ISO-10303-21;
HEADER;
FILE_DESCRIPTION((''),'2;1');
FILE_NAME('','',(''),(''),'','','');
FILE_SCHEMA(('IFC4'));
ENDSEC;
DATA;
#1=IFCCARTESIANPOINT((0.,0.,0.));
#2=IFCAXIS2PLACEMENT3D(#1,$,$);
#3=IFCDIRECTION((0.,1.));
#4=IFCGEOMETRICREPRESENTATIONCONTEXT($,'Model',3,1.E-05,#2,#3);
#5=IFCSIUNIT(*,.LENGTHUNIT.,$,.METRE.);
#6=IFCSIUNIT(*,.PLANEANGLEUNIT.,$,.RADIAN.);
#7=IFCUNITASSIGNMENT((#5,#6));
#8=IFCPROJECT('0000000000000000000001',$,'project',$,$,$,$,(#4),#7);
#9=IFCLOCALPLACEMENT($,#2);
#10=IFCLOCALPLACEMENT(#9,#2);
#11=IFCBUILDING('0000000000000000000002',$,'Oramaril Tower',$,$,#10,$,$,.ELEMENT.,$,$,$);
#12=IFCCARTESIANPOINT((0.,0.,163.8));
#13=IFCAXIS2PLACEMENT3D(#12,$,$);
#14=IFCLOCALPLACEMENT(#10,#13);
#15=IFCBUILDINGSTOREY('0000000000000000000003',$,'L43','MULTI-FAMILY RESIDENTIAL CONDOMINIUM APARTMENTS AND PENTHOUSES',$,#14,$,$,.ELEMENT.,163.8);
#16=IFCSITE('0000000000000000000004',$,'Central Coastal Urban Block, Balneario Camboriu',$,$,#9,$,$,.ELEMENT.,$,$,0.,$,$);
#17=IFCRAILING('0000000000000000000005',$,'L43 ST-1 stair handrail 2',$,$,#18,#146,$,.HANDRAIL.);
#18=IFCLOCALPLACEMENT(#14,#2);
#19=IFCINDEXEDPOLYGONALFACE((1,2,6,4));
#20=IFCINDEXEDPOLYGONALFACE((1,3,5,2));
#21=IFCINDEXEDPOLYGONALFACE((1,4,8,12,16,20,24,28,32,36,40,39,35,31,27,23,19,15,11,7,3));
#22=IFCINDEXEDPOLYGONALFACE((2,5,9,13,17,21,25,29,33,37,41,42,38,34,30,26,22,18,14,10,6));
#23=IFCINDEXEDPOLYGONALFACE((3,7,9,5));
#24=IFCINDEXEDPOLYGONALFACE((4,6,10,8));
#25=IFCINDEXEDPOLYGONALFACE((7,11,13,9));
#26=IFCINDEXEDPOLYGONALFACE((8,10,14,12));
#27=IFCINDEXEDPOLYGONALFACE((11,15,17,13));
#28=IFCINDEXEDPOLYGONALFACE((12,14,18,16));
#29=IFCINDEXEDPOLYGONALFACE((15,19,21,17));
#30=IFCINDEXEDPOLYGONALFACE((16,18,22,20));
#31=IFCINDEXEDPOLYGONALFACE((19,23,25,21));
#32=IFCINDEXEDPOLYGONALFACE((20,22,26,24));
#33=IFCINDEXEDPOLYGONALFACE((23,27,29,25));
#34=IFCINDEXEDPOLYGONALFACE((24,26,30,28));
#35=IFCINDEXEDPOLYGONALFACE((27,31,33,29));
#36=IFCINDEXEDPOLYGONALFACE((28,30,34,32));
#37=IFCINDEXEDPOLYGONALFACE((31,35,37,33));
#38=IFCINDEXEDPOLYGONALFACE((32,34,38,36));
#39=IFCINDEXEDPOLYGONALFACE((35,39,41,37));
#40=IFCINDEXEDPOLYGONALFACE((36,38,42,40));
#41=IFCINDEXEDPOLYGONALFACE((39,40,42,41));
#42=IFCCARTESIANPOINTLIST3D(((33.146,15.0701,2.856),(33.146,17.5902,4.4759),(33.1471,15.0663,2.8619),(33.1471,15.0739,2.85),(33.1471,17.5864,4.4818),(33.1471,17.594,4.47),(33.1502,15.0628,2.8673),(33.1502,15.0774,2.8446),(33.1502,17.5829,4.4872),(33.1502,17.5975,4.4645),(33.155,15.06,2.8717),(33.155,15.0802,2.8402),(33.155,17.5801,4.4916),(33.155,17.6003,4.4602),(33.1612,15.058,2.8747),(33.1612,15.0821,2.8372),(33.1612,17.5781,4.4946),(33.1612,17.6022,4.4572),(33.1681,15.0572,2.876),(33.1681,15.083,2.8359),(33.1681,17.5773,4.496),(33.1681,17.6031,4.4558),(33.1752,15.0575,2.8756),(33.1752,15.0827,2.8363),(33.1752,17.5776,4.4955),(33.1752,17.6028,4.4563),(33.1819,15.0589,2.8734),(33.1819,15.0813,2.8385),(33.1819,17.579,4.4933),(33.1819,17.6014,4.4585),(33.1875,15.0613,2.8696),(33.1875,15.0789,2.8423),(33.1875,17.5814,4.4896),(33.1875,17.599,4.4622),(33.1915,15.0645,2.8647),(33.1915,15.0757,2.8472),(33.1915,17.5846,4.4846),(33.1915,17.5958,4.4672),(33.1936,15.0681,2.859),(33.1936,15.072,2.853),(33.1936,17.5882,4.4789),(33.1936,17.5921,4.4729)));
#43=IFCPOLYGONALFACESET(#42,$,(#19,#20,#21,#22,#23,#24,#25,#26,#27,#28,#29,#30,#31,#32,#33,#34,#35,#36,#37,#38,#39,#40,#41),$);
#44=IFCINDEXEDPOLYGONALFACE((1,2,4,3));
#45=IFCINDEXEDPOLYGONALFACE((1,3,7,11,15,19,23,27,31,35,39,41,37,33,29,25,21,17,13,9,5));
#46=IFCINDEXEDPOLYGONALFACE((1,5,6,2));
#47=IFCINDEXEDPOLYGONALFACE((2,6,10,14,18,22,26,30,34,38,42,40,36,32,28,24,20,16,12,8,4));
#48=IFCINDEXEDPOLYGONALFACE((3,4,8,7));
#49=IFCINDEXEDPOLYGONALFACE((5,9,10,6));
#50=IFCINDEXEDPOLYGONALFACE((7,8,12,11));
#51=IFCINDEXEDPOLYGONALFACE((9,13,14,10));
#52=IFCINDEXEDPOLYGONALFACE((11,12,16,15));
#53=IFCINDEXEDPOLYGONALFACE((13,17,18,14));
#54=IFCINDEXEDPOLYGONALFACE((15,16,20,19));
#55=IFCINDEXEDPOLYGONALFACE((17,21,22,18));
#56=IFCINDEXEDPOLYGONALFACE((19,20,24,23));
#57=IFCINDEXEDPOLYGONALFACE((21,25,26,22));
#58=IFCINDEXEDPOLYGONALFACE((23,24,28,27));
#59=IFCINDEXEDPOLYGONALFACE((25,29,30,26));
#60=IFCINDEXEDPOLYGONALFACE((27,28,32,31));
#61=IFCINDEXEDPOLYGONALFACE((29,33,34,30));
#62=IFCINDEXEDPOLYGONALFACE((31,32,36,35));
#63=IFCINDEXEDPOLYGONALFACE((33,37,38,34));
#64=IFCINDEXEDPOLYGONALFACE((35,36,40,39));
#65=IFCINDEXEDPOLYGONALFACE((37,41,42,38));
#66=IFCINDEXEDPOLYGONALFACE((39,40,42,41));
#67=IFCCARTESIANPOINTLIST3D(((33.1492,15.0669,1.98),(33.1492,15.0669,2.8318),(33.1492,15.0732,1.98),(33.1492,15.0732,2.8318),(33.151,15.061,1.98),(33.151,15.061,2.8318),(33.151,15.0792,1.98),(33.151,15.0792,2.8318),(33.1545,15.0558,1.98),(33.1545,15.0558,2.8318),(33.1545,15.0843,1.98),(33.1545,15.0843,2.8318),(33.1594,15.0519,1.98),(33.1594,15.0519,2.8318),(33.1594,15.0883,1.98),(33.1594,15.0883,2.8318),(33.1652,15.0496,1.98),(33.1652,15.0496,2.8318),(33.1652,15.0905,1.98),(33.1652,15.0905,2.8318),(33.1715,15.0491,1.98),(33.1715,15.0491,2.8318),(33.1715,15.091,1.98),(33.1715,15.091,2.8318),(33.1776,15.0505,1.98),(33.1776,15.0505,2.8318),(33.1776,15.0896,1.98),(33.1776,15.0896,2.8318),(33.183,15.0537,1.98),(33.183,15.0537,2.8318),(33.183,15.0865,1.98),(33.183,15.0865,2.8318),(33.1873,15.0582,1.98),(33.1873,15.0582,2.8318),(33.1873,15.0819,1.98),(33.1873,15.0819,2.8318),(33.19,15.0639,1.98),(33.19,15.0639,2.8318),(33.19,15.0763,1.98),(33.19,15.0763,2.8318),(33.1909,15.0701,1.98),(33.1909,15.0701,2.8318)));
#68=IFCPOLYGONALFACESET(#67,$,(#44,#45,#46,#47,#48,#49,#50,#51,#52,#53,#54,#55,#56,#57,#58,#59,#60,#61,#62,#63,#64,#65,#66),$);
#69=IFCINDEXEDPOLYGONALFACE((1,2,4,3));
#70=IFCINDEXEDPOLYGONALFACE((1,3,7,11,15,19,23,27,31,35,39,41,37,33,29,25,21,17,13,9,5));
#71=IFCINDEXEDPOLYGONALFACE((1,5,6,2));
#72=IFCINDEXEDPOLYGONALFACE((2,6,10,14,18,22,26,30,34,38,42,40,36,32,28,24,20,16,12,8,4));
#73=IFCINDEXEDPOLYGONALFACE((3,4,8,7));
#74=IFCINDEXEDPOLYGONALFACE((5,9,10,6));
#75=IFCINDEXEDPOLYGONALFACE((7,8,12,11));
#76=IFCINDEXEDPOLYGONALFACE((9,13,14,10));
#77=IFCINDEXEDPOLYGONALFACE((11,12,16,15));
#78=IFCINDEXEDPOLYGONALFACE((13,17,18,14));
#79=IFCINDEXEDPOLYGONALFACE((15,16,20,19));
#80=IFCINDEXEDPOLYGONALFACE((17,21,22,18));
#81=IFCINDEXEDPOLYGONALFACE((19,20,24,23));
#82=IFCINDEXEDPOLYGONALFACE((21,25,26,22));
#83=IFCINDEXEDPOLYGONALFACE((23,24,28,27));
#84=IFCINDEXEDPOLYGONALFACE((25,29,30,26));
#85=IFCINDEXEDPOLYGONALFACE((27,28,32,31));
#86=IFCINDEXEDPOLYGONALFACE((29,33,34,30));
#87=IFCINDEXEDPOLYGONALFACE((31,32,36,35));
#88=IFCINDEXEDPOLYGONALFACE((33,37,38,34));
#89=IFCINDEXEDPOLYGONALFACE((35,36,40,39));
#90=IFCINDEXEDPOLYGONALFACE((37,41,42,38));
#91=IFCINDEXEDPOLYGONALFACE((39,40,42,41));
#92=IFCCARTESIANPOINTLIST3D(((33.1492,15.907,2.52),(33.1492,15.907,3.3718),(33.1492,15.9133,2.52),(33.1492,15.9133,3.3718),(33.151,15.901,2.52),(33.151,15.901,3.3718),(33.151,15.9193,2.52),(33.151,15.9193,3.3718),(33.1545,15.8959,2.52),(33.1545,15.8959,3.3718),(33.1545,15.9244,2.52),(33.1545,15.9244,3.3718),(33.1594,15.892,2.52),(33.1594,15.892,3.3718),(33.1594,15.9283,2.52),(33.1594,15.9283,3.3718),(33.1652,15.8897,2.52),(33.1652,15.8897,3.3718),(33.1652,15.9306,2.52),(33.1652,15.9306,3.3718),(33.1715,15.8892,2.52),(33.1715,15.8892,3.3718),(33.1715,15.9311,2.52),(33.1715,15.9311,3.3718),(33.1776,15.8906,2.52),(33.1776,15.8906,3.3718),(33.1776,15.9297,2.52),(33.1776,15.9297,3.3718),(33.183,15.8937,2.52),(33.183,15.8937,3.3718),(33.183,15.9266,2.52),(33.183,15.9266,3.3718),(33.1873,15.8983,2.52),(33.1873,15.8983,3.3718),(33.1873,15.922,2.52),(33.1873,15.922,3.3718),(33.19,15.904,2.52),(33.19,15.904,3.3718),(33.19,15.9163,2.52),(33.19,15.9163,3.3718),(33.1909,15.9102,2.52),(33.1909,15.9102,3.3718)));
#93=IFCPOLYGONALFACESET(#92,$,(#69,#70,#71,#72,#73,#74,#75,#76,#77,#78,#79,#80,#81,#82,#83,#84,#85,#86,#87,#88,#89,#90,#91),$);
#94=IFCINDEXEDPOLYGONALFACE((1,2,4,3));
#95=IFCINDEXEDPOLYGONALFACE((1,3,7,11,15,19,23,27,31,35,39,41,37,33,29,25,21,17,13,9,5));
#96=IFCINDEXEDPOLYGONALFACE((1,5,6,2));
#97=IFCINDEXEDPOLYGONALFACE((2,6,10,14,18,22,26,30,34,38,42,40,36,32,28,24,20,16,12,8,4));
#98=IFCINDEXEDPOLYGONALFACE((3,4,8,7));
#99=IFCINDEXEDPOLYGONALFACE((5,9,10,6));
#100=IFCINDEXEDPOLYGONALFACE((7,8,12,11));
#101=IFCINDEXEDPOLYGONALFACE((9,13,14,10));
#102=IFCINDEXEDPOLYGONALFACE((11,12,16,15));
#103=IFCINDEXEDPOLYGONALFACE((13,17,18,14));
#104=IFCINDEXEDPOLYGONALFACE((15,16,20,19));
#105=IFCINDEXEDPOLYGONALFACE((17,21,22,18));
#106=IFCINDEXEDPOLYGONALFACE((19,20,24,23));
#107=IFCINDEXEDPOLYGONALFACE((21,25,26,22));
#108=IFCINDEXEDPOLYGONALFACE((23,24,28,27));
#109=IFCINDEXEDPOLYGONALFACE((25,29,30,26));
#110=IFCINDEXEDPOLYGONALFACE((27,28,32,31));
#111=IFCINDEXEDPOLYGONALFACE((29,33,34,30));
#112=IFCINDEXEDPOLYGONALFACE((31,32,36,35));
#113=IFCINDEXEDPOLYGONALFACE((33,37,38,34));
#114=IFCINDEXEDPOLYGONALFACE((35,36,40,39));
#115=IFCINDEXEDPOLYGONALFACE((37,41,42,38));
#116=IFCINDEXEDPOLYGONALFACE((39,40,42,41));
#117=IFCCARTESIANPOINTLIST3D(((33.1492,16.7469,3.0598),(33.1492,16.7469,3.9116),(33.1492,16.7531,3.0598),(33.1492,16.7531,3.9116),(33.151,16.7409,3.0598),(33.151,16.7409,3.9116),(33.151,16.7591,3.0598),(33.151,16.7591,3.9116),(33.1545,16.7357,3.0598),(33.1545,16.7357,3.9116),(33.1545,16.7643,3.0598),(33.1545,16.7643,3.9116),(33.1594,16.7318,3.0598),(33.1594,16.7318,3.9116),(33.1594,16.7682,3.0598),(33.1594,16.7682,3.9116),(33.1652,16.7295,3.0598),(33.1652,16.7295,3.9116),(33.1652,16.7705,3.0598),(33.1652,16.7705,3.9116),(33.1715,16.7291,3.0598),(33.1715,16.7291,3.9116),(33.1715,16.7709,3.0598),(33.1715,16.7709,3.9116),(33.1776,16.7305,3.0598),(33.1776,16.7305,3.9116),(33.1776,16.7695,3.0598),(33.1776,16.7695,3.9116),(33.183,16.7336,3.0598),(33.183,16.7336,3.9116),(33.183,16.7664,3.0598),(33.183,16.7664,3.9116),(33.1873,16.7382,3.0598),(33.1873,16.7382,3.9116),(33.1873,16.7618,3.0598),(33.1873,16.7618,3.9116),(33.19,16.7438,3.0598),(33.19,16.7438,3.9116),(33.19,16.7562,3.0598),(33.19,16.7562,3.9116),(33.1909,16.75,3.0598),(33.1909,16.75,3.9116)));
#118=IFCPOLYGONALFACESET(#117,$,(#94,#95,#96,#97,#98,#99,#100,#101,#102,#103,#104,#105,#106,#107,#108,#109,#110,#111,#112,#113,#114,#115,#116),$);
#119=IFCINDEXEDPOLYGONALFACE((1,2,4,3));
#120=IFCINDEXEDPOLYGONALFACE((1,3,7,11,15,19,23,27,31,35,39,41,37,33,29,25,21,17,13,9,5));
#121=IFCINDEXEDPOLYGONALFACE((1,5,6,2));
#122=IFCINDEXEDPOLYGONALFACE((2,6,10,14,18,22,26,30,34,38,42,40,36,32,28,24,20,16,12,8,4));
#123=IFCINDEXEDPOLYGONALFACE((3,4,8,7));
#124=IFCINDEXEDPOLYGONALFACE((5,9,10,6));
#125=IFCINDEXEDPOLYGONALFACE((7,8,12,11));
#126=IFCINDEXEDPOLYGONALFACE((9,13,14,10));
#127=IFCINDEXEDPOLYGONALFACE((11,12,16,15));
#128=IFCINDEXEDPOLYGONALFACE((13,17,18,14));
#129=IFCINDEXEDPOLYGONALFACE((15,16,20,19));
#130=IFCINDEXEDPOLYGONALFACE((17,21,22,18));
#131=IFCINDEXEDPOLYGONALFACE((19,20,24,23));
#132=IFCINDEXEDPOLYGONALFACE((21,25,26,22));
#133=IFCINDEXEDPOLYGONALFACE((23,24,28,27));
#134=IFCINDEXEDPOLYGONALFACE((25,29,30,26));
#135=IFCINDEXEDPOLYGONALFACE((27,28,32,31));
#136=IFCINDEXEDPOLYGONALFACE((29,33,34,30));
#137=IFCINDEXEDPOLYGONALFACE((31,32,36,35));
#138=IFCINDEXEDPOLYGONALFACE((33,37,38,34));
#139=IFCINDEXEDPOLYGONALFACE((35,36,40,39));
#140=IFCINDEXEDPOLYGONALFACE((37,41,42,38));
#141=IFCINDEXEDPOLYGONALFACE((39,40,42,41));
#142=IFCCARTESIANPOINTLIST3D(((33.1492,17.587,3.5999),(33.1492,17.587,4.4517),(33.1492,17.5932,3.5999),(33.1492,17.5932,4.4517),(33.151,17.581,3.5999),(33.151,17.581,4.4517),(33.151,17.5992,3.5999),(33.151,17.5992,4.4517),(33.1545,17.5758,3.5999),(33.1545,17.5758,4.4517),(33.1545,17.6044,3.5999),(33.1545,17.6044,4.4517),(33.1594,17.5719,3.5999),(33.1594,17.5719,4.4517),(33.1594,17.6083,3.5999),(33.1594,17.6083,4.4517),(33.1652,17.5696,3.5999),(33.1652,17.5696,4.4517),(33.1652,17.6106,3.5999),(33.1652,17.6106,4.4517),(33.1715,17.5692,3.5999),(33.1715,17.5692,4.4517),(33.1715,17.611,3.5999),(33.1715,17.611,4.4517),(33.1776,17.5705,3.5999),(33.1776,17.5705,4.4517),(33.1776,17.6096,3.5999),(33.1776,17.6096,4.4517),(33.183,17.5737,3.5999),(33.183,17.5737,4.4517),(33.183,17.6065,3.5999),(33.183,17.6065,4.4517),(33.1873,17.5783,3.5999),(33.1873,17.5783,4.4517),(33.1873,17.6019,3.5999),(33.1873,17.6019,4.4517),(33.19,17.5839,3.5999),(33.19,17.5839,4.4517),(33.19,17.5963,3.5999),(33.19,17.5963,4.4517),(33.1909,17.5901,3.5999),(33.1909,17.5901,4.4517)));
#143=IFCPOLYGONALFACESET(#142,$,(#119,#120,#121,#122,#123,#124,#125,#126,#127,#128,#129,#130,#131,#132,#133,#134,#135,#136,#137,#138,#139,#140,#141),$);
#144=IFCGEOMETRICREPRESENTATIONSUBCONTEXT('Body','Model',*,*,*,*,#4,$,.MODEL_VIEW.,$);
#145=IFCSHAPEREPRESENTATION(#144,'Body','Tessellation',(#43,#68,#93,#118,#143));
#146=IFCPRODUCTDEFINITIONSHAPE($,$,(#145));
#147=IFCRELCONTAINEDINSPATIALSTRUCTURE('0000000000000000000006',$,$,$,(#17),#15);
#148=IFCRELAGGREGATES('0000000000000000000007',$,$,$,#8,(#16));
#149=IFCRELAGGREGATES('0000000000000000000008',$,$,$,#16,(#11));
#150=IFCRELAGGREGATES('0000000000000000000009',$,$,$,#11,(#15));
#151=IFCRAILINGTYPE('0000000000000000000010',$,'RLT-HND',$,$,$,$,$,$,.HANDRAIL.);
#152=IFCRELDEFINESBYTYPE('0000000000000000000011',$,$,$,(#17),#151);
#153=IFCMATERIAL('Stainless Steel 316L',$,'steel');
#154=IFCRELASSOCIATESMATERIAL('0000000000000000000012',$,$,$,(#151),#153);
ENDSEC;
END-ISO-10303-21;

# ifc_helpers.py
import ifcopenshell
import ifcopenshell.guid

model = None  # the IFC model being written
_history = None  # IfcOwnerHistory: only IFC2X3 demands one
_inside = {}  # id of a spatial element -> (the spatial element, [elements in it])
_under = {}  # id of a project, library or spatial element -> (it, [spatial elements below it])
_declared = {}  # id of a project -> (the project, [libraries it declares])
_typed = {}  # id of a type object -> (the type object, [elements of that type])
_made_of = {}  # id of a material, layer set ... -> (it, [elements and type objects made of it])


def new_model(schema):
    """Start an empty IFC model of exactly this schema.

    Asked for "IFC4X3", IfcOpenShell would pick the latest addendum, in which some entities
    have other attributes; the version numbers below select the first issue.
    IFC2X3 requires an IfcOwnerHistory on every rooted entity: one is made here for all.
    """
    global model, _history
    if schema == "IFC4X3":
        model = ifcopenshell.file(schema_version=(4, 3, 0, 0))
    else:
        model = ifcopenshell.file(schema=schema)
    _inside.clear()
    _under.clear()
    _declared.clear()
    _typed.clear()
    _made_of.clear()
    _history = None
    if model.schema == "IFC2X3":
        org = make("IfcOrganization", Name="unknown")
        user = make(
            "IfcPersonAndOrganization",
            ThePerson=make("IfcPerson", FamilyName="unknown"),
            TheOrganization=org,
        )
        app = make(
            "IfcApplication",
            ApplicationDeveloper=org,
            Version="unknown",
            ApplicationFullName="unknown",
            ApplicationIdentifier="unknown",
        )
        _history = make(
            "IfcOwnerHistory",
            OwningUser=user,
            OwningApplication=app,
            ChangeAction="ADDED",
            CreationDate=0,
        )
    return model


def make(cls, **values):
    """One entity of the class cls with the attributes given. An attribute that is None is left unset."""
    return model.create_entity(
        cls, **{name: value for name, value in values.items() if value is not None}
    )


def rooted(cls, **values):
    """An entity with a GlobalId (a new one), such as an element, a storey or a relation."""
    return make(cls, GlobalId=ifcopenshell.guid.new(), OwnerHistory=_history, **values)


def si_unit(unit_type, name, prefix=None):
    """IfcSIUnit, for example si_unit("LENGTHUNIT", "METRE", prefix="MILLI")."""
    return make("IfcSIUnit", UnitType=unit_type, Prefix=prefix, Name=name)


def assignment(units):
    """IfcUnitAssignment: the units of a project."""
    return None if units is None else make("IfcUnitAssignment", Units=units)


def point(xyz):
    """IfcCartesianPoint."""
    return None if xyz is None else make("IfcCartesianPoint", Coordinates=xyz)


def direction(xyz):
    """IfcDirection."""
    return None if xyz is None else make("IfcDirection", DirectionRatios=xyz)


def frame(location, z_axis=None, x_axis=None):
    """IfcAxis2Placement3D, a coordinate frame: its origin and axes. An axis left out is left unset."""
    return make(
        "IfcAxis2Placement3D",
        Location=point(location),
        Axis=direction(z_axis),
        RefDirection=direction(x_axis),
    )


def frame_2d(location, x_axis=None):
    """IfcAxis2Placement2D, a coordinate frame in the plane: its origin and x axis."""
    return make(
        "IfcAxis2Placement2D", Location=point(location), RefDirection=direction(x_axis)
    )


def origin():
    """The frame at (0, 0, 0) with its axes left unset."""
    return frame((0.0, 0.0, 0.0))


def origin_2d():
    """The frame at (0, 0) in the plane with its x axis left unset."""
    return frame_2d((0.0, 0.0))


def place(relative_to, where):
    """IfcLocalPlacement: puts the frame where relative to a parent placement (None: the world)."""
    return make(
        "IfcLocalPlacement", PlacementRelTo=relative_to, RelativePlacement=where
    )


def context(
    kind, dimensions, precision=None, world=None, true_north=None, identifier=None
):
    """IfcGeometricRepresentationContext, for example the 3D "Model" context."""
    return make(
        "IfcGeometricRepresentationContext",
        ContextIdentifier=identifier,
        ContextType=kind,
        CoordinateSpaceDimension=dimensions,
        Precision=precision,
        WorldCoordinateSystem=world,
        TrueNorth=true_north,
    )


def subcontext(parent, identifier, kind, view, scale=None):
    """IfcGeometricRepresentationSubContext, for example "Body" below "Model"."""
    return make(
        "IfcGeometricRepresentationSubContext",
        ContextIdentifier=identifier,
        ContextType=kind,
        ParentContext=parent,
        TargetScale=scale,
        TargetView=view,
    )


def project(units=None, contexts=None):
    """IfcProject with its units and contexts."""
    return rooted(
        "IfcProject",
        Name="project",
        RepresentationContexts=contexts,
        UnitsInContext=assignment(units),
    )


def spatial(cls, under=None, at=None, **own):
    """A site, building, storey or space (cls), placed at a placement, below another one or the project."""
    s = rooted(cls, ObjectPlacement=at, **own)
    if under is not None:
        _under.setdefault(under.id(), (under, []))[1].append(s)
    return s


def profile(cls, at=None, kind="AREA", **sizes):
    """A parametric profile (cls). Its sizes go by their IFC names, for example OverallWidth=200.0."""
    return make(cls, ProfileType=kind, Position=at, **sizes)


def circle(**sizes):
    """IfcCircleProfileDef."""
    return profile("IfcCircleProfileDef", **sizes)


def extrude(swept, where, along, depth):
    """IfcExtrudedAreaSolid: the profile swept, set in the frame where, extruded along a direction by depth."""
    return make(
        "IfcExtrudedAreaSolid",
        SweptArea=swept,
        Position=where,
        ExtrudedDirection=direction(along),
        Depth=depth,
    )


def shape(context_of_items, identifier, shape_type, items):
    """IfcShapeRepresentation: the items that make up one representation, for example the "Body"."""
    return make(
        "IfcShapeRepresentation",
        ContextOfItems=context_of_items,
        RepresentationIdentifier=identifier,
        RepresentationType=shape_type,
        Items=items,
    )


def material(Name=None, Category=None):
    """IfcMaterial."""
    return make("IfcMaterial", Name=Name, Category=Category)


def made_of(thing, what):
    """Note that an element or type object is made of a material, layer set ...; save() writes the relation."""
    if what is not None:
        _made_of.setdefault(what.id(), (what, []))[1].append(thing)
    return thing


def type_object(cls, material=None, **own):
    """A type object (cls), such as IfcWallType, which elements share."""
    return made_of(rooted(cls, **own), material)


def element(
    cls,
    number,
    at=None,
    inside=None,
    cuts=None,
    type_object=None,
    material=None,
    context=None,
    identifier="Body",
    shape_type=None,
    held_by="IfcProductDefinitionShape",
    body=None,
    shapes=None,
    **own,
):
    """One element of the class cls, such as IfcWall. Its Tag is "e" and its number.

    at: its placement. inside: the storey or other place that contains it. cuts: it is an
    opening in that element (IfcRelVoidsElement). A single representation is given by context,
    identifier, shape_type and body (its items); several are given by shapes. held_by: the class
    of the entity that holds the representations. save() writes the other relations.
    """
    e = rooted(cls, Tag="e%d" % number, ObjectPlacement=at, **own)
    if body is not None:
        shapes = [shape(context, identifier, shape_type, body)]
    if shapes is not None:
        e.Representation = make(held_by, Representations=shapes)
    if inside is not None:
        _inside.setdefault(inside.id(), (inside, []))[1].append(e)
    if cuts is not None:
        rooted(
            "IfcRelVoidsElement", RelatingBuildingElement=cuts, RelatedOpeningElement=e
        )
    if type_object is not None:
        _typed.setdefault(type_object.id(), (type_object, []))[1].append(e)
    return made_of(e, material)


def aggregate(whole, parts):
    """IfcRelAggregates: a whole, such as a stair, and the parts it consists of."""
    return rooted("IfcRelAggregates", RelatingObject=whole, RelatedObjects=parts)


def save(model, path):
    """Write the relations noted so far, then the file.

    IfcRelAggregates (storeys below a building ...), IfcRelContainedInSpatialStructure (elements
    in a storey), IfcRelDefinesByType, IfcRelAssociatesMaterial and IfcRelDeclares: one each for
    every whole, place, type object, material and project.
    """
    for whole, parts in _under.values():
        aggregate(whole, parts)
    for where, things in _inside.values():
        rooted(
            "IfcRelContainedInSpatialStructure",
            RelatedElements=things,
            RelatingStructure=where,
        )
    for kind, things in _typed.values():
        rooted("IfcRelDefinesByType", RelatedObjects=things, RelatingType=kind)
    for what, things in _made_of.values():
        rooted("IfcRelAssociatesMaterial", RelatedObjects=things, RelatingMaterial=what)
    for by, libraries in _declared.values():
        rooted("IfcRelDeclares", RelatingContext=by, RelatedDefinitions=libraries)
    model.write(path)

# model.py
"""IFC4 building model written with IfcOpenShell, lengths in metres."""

from ifc_helpers import new_model, si_unit, direction, frame, origin, origin_2d, place, context, subcontext, project, spatial, circle, extrude, material, type_object, element, save


model = new_model("IFC4")

# Units and contexts
model_context = context("Model", 3, precision=1e-05, world=origin(), true_north=direction((0.0, 1.0)))
body_context = subcontext(model_context, "Body", "Model", "MODEL_VIEW")
ifc_project = project(units=[si_unit("LENGTHUNIT", "METRE"), si_unit("PLANEANGLEUNIT", "RADIAN")], contexts=[model_context])

# Site, building, storey
site_placement = place(None, origin())
site = spatial("IfcSite", under=ifc_project, at=site_placement, Name="Central Coastal Urban Block, Balneario Camboriu", CompositionType="ELEMENT", RefElevation=0.0)
building_placement = place(site_placement, origin())
building = spatial("IfcBuilding", under=site, at=building_placement, Name="Oramaril Tower", CompositionType="ELEMENT")
storey_placement = place(building_placement, frame((0.0, 0.0, 163.8)))
storey = spatial("IfcBuildingStorey", under=building, at=storey_placement, Name="L43", Description="MULTI-FAMILY RESIDENTIAL CONDOMINIUM APARTMENTS AND PENTHOUSES", CompositionType="ELEMENT", Elevation=163.8)

# Railing
ifc_material_1 = material(Name="Stainless Steel 316L", Category="steel")
railing_type_1 = type_object("IfcRailingType", Name="RLT-HND", PredefinedType="HANDRAIL", material=ifc_material_1)
for number, where, name in (
    (1, (33.1699, 15.0701, 1.98), "L43 ST-1 stair handrail 2"),
):
    element("IfcRailing", number, at=place(storey_placement, frame(where)), inside=storey, type_object=railing_type_1, Name=name, PredefinedType="HANDRAIL", context=body_context, shape_type="SweptSolid", body=[
        extrude(circle(Radius=0.0239, at=origin_2d()), frame((0.0, 0.0, 0.876), z_axis=(0.0, 0.8412, 0.540725), x_axis=(-1.0, 0.0, 0.0)), (0.0, 0.0, 1.0), 2.9958),
        extrude(circle(Radius=0.021, at=origin_2d()), origin(), (0.0, 0.0, 1.0), 0.8518),
        extrude(circle(Radius=0.021, at=origin_2d()), frame((0.0, 0.8401, 0.54)), (0.0, 0.0, 1.0), 0.8518),
        extrude(circle(Radius=0.021, at=origin_2d()), frame((0.0, 1.6799, 1.0798)), (0.0, 0.0, 1.0), 0.8518),
        extrude(circle(Radius=0.021, at=origin_2d()), frame((0.0, 2.52, 1.6199)), (0.0, 0.0, 1.0), 0.8518),
    ])

save(model, "model.ifc")
